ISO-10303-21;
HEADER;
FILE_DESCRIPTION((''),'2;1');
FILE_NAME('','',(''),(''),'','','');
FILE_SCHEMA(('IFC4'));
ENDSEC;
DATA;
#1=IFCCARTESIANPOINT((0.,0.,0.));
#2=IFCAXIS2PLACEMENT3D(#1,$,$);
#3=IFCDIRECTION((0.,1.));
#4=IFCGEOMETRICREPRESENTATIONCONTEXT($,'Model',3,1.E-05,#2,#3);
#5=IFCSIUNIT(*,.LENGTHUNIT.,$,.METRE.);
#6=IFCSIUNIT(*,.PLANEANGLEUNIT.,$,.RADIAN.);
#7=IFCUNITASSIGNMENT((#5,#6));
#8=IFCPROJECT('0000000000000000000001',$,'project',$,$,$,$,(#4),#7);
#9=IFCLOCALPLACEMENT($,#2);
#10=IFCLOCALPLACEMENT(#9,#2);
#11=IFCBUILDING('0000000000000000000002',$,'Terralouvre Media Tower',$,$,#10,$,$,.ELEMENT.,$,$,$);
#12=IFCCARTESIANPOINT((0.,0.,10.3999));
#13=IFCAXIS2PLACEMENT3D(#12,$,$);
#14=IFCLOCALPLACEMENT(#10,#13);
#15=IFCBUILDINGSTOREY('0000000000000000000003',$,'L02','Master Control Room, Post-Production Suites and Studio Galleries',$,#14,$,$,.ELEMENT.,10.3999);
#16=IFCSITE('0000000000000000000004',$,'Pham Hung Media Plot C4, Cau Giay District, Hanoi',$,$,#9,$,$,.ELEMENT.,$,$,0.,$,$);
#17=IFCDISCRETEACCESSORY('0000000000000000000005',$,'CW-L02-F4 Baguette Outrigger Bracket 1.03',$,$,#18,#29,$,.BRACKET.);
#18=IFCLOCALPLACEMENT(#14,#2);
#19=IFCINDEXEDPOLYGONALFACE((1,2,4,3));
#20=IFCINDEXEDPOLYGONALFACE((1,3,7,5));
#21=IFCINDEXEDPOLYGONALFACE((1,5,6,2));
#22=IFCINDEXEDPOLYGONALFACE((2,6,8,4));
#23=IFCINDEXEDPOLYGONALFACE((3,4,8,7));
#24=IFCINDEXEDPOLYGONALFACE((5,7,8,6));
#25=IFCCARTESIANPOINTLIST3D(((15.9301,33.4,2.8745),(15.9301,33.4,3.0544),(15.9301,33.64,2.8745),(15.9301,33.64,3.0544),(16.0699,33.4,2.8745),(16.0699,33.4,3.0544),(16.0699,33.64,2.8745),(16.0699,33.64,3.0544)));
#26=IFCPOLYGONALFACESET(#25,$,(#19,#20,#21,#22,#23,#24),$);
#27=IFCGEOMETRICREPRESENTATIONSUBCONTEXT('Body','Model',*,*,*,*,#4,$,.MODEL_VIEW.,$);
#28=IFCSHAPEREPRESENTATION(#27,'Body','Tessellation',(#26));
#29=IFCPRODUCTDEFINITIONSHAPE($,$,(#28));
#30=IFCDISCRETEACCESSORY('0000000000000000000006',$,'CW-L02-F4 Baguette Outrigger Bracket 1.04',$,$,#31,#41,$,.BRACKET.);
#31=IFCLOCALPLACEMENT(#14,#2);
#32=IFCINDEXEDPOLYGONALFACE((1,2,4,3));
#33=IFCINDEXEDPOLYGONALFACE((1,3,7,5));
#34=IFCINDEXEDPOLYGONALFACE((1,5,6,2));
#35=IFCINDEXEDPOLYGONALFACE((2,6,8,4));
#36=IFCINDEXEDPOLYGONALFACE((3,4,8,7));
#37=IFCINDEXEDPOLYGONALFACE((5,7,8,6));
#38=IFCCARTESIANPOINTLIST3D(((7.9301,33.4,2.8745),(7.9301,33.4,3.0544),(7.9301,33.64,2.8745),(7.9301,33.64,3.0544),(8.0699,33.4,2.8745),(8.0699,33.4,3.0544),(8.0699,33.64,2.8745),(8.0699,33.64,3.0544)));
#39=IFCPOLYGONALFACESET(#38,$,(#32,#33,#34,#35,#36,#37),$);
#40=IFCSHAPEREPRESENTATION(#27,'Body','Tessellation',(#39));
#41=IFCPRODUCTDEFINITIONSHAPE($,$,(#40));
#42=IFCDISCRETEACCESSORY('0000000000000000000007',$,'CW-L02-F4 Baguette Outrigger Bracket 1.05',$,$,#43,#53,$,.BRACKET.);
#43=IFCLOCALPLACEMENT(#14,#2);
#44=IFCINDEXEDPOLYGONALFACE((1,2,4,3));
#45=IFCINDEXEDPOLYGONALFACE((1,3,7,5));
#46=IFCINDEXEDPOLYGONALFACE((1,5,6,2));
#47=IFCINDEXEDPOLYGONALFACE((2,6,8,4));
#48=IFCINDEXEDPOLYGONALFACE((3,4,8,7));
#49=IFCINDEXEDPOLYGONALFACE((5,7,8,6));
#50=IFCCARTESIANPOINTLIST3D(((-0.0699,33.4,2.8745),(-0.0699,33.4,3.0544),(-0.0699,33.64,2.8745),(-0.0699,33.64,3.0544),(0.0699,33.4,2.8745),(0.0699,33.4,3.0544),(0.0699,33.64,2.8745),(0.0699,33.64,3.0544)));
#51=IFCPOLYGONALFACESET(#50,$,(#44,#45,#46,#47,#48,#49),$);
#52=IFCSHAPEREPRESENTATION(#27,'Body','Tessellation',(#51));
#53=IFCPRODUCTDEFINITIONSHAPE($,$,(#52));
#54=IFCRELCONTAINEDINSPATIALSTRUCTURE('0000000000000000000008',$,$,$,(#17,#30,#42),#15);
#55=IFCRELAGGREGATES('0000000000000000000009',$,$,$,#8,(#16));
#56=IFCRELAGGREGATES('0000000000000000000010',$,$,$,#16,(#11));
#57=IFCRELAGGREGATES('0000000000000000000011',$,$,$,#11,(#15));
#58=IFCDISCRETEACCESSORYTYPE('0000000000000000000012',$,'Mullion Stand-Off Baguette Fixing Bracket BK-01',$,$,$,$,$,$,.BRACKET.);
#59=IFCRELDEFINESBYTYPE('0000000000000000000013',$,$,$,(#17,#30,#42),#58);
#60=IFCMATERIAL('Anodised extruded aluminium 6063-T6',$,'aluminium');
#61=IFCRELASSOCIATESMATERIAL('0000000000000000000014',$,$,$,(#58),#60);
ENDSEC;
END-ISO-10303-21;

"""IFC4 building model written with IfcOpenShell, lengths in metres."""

from ifc_helpers import new_model, si_unit, direction, frame, origin, origin_2d, place, context, subcontext, project, spatial, rectangle, extrude, material, type_object, element, save


model = new_model("IFC4")

# Units and contexts
model_context = context("Model", 3, precision=1e-05, world=origin(), true_north=direction((0.0, 1.0)))
body_context = subcontext(model_context, "Body", "Model", "MODEL_VIEW")
ifc_project = project(units=[si_unit("LENGTHUNIT", "METRE"), si_unit("PLANEANGLEUNIT", "RADIAN")], contexts=[model_context])

# Site, building, storey
site_placement = place(None, origin())
site = spatial("IfcSite", under=ifc_project, at=site_placement, Name="Pham Hung Media Plot C4, Cau Giay District, Hanoi", CompositionType="ELEMENT", RefElevation=0.0)
building_placement = place(site_placement, origin())
building = spatial("IfcBuilding", under=site, at=building_placement, Name="Terralouvre Media Tower", CompositionType="ELEMENT")
storey_placement = place(building_placement, frame((0.0, 0.0, 10.3999)))
storey = spatial("IfcBuildingStorey", under=building, at=storey_placement, Name="L02", Description="Master Control Room, Post-Production Suites and Studio Galleries", CompositionType="ELEMENT", Elevation=10.3999)

# Discrete accessories
ifc_material_1 = material(Name="Anodised extruded aluminium 6063-T6", Category="aluminium")
discrete_accessory_type = type_object("IfcDiscreteAccessoryType", Name="Mullion Stand-Off Baguette Fixing Bracket BK-01", PredefinedType="BRACKET", material=ifc_material_1)
for number, where, z_axis, x_axis, name in (
    (1, (16.0, 33.52, 2.8745), (0.0, 0.0, 1.0), (-1.0, 0.0, 0.0), "CW-L02-F4 Baguette Outrigger Bracket 1.03"),
    (2, (8.0, 33.52, 2.8745), (0.0, 0.0, 1.0), (-1.0, 0.0, 0.0), "CW-L02-F4 Baguette Outrigger Bracket 1.04"),
    (3, (0.0, 33.52, 2.8745), (0.0, 0.0, 1.0), (-1.0, 0.0, 0.0), "CW-L02-F4 Baguette Outrigger Bracket 1.05"),
):
    element("IfcDiscreteAccessory", number, at=place(storey_placement, frame(where, z_axis=z_axis, x_axis=x_axis)), inside=storey, type_object=discrete_accessory_type, Name=name, PredefinedType="BRACKET", context=body_context, shape_type="SweptSolid", body=[
        extrude(rectangle(XDim=0.1399, YDim=0.24, at=origin_2d()), origin(), (0.0, 0.0, 1.0), 0.1799),
    ])

save(model, "model.ifc")
